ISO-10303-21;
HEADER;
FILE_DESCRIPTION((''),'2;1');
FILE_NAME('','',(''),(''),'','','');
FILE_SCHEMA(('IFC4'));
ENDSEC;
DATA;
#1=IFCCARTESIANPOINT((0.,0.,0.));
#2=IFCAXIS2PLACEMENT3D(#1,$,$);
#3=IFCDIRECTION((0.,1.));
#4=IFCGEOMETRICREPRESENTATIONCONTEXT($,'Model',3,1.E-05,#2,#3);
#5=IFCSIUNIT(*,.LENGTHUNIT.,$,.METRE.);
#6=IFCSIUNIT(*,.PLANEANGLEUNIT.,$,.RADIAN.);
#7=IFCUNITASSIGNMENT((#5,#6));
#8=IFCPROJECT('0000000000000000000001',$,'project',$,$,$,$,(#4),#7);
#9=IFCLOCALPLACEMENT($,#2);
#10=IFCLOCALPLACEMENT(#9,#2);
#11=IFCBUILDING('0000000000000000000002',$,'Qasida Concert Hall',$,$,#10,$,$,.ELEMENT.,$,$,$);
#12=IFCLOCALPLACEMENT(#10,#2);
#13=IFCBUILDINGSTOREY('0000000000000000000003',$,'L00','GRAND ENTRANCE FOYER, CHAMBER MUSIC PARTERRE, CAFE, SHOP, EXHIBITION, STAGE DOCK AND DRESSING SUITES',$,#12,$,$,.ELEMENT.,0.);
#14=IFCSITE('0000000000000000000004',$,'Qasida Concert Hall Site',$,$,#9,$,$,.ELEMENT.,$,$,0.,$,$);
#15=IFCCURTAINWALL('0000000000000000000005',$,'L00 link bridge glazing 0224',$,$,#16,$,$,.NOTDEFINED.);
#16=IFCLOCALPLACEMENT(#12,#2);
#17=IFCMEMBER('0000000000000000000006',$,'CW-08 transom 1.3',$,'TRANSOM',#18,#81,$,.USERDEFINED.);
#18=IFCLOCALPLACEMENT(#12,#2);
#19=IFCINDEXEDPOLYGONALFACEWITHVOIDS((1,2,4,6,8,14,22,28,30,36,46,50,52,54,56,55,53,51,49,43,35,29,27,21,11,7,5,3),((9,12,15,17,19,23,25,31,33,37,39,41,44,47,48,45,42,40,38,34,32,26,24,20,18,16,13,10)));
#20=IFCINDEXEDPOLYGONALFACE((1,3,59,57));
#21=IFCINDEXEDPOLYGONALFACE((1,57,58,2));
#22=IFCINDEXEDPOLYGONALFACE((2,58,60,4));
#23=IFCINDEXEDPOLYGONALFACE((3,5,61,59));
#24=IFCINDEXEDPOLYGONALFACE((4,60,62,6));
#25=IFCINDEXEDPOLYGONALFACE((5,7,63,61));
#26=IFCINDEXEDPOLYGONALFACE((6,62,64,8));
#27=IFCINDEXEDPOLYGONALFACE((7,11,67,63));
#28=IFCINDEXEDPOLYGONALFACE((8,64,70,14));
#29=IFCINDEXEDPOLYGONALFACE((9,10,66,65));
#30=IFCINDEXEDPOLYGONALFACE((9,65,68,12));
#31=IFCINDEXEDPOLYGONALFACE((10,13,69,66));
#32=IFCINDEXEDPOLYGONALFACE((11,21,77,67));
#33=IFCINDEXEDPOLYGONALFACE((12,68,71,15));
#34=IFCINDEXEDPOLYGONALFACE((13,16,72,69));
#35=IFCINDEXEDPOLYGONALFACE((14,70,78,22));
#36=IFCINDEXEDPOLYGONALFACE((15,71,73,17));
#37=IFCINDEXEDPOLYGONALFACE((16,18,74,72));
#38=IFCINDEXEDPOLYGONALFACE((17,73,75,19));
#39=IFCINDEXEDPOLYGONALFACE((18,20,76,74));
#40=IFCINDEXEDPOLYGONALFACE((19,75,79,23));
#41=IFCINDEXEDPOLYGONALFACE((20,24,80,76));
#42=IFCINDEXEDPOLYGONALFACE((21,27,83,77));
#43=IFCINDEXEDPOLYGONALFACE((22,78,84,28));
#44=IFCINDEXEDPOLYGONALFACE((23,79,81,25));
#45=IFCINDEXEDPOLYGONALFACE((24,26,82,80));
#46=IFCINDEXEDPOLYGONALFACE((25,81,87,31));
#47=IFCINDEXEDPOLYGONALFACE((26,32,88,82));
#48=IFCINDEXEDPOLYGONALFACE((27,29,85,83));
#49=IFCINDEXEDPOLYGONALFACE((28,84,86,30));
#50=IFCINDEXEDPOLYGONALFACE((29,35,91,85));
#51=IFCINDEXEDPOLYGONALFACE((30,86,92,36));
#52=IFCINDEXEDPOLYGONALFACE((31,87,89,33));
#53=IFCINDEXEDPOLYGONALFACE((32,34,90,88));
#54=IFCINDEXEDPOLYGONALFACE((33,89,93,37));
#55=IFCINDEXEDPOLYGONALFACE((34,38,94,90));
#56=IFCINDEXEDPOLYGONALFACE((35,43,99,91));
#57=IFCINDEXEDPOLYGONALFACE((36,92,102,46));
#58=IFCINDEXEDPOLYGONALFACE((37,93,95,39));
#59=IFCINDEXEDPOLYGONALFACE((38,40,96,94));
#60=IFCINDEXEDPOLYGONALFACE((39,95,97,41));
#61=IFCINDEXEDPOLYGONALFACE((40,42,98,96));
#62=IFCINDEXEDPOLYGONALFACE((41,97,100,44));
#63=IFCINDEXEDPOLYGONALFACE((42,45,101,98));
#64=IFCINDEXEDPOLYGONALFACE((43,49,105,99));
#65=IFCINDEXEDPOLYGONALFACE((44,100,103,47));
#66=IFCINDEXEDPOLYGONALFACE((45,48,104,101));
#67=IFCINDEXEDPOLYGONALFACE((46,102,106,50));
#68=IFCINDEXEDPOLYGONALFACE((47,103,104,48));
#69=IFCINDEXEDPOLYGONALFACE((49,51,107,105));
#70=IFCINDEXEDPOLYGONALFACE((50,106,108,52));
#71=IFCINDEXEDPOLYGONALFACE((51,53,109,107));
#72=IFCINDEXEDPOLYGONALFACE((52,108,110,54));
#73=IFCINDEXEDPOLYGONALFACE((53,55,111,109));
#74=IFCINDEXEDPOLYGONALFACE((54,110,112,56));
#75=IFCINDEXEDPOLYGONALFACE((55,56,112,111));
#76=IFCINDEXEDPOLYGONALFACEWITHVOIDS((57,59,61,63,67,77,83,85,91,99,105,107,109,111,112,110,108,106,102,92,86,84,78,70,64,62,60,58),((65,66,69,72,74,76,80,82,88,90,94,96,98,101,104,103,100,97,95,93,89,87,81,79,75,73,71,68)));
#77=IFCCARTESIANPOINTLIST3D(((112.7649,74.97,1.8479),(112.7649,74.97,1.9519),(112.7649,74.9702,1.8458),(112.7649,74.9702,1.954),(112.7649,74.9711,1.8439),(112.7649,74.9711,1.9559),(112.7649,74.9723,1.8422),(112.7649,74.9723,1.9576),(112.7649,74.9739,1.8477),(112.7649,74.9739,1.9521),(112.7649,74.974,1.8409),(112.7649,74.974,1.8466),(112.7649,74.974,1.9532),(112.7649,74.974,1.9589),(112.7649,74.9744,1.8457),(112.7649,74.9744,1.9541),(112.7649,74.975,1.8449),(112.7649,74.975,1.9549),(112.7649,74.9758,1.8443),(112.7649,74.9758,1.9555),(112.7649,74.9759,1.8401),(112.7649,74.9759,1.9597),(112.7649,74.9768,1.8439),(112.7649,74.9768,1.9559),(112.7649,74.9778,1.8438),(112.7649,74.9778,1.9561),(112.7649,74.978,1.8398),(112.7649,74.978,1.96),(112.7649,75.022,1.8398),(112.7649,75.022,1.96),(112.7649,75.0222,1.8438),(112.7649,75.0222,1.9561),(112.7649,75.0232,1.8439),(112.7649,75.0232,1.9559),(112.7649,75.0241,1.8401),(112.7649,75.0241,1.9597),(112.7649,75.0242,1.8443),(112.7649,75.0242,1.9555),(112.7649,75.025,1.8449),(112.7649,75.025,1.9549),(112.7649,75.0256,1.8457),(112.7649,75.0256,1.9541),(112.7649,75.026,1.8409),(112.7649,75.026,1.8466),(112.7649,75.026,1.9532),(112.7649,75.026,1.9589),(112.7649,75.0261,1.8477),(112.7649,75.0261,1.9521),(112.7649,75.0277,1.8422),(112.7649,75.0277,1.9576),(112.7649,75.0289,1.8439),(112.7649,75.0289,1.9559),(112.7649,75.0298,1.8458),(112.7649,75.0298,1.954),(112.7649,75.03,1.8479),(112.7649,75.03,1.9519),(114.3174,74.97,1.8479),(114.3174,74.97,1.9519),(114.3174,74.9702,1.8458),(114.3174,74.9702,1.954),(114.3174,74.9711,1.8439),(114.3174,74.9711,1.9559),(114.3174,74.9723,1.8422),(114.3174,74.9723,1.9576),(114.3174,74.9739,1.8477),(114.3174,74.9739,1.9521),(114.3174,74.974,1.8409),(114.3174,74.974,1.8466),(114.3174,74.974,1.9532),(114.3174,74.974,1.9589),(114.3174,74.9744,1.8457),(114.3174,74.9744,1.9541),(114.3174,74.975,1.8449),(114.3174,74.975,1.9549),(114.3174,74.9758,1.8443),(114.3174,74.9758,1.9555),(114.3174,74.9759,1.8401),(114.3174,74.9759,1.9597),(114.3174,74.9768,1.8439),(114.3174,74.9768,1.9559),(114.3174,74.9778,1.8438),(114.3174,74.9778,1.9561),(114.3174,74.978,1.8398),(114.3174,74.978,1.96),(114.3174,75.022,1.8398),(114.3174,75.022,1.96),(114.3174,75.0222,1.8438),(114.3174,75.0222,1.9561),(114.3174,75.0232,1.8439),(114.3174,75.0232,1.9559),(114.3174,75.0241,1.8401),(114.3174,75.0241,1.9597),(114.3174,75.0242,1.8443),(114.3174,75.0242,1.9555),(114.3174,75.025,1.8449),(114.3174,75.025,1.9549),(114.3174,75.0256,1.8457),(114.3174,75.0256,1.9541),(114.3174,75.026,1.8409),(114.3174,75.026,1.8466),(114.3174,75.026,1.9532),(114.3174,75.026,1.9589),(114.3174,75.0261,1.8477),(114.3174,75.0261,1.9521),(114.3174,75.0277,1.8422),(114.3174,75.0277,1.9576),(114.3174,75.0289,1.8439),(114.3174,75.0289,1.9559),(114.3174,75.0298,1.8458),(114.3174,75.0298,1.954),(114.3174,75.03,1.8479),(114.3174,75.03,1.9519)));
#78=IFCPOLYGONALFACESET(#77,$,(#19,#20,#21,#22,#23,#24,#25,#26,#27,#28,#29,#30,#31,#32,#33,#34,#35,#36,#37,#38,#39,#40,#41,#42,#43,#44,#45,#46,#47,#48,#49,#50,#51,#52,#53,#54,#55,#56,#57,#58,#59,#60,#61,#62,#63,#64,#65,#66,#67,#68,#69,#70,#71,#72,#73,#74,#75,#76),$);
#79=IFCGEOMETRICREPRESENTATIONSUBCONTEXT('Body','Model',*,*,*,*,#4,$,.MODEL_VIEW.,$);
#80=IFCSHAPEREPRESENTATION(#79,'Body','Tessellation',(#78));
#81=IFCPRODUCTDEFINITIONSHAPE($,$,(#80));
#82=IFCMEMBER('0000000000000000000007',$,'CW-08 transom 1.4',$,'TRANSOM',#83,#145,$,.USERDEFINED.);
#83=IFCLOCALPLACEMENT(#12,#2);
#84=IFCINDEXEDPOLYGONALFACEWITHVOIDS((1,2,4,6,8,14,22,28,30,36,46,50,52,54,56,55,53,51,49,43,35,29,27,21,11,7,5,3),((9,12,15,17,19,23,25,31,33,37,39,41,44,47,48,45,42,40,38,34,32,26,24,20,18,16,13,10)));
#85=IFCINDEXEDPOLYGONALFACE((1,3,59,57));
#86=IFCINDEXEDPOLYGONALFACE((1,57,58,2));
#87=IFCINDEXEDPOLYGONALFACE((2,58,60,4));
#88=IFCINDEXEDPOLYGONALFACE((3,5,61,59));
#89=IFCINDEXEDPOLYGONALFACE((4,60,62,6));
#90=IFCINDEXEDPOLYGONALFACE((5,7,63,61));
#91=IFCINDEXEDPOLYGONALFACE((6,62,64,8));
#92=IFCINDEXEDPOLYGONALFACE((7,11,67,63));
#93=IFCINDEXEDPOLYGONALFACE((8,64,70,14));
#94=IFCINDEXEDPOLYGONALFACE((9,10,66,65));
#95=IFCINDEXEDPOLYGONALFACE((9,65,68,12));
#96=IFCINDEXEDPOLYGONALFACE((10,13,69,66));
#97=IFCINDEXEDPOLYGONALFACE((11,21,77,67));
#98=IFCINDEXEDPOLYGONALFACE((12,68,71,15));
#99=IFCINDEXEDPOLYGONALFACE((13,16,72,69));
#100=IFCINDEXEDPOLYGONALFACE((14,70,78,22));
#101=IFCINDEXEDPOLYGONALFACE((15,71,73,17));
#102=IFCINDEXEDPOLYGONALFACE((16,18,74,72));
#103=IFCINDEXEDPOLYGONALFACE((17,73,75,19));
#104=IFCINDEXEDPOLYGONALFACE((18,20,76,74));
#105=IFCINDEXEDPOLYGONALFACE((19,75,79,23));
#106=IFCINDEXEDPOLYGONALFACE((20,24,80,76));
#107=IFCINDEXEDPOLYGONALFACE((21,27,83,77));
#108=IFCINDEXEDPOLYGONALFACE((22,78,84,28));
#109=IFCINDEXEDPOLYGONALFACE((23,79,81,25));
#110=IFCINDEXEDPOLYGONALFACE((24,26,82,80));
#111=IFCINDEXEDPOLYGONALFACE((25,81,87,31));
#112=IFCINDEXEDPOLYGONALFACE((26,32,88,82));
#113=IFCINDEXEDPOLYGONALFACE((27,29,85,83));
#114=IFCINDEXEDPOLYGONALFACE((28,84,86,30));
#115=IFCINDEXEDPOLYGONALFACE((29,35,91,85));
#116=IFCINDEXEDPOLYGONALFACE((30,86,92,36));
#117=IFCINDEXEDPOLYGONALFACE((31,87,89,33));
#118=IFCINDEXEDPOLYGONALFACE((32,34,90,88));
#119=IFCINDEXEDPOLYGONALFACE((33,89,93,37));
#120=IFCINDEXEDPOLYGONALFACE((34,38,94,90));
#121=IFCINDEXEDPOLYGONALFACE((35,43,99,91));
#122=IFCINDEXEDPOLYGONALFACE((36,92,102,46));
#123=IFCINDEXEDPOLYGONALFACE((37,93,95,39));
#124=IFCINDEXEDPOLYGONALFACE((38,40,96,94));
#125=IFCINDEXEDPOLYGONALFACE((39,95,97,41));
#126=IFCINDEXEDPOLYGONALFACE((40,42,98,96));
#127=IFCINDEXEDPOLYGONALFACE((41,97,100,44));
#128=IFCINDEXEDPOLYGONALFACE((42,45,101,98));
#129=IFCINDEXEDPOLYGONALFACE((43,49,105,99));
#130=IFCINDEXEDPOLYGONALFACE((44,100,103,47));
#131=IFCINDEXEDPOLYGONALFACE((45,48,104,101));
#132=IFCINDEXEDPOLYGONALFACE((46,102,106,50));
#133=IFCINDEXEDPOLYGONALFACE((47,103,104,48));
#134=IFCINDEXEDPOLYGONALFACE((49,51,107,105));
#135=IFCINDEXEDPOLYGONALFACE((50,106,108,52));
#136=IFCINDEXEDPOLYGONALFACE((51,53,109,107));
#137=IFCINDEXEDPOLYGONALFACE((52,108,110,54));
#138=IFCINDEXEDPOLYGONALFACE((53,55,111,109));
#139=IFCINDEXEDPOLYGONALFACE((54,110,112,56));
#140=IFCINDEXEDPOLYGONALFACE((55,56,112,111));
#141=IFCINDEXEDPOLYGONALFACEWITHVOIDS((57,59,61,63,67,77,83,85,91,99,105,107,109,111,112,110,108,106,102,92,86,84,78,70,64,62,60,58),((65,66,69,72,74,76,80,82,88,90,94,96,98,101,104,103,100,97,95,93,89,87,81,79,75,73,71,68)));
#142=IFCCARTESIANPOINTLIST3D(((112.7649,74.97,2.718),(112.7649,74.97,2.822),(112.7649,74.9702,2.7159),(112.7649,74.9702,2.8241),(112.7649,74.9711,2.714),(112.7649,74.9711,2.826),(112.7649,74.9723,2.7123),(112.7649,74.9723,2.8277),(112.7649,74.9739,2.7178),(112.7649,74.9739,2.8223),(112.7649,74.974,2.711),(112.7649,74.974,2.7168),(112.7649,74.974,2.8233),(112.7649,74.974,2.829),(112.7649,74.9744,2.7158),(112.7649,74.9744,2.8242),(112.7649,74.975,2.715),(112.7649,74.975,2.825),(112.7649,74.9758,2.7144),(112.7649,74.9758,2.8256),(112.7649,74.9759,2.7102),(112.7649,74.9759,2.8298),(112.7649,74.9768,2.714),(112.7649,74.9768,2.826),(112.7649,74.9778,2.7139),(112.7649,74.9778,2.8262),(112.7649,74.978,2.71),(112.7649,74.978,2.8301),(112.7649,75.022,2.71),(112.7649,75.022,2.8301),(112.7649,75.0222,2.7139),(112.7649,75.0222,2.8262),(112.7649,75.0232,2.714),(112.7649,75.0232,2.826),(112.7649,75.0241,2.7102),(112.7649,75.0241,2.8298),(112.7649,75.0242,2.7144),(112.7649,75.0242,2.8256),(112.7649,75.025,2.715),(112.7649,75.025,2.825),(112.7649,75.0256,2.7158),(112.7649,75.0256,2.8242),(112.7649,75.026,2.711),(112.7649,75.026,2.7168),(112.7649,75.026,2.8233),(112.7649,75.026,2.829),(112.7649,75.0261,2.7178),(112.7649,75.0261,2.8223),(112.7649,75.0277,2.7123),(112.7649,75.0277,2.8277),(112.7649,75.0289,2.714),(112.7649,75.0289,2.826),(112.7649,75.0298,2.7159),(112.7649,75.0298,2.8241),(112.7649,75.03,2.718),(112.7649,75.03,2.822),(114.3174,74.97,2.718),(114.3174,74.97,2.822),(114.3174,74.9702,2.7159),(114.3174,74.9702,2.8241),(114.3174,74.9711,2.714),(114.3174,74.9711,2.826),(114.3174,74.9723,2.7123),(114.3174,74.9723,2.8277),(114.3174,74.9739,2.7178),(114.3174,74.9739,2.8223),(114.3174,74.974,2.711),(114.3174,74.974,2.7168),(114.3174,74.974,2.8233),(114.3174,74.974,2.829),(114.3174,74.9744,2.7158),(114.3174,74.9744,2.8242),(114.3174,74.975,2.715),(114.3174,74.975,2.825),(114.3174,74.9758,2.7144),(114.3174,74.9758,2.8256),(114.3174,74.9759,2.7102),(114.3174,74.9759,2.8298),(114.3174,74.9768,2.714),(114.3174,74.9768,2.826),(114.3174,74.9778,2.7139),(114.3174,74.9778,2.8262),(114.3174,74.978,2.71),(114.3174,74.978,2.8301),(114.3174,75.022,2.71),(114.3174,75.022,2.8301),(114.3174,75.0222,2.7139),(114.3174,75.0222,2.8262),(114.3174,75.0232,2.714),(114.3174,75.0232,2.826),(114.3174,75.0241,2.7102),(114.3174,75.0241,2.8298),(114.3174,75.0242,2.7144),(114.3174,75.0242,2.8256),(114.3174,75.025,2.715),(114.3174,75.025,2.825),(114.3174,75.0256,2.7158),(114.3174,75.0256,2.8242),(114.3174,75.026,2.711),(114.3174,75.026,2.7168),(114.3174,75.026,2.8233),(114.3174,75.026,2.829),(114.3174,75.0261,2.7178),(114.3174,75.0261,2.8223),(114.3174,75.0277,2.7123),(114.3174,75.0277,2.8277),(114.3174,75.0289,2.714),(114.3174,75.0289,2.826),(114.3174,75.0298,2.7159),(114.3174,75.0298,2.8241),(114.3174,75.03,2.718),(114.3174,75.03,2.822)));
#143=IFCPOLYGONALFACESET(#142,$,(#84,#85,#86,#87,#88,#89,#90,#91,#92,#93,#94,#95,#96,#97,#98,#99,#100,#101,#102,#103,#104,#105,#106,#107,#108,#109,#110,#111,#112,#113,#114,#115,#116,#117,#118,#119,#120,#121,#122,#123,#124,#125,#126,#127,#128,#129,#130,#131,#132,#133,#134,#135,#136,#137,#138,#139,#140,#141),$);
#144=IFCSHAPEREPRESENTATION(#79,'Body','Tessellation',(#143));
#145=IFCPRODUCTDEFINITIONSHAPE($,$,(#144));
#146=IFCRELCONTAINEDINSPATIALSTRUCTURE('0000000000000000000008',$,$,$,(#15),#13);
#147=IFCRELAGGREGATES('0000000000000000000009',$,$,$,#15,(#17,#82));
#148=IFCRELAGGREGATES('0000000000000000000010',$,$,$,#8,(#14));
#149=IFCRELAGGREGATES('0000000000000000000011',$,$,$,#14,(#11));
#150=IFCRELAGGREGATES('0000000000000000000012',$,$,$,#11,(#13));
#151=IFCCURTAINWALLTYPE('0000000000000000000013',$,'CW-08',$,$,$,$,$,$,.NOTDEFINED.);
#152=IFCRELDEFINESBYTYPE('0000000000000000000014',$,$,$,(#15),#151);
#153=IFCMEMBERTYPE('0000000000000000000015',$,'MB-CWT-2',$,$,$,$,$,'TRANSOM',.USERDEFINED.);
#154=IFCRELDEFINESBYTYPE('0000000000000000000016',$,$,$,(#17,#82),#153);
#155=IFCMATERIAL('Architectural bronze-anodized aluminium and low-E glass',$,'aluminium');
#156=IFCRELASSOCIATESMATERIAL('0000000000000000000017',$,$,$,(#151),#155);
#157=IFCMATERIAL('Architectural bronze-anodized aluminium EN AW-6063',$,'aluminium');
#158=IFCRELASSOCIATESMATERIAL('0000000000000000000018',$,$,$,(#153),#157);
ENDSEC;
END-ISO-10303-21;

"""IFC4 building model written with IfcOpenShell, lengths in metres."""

from ifc_helpers import new_model, si_unit, direction, frame, origin, origin_2d, place, context, subcontext, project, spatial, hollow_rectangle, extrude, material, material_profile, profile_set, type_object, element, aggregate, save


model = new_model("IFC4")

# Units and contexts
model_context = context("Model", 3, precision=1e-05, world=origin(), true_north=direction((0.0, 1.0)))
body_context = subcontext(model_context, "Body", "Model", "MODEL_VIEW")
ifc_project = project(units=[si_unit("LENGTHUNIT", "METRE"), si_unit("PLANEANGLEUNIT", "RADIAN")], contexts=[model_context])

# Site, building, storey
site_placement = place(None, origin())
site = spatial("IfcSite", under=ifc_project, at=site_placement, Name="Qasida Concert Hall Site", CompositionType="ELEMENT", RefElevation=0.0)
building_placement = place(site_placement, origin())
building = spatial("IfcBuilding", under=site, at=building_placement, Name="Qasida Concert Hall", CompositionType="ELEMENT")
storey_placement = place(building_placement, origin())
storey = spatial("IfcBuildingStorey", under=building, at=storey_placement, Name="L00", Description="GRAND ENTRANCE FOYER, CHAMBER MUSIC PARTERRE, CAFE, SHOP, EXHIBITION, STAGE DOCK AND DRESSING SUITES", CompositionType="ELEMENT", Elevation=0.0)

# Curtain wall
ifc_material_1 = material(Name="Architectural bronze-anodized aluminium and low-E glass", Category="aluminium")
curtain_wall_type = type_object("IfcCurtainWallType", Name="CW-08", PredefinedType="NOTDEFINED", material=ifc_material_1)
ifc_material_2 = material(Name="Architectural bronze-anodized aluminium EN AW-6063", Category="aluminium")
curtain_wall_1_placement = place(storey_placement, origin())
curtain_wall_1 = element("IfcCurtainWall", 1, at=curtain_wall_1_placement, inside=storey, type_object=curtain_wall_type, Name="L00 link bridge glazing 0224", PredefinedType="NOTDEFINED")

# Members
ifc_material_profile_1 = material_profile(ifc_material_2, hollow_rectangle(XDim=0.0601, YDim=0.1201, WallThickness=0.0039, InnerFilletRadius=0.0039, OuterFilletRadius=0.0081, at=origin_2d()), Name="CWT 120x60x4")
ifc_profile_set_1 = profile_set([ifc_material_profile_1], Name="Architectural bronze-anodized aluminium EN AW-6063")
member_type_1 = type_object("IfcMemberType", Name="MB-CWT-2", ElementType="TRANSOM", PredefinedType="USERDEFINED", material=ifc_profile_set_1)
member_1_placement = place(storey_placement, frame((112.7649, 75.0, 1.8999), z_axis=(1.0, 0.0, 0.0), x_axis=(0.0, 1.0, 0.0)))
member_1 = element("IfcMember", 2, at=member_1_placement, type_object=member_type_1, Name="CW-08 transom 1.3", ObjectType="TRANSOM", PredefinedType="USERDEFINED", context=body_context, shape_type="SweptSolid", body=[
    extrude(hollow_rectangle(XDim=0.0601, YDim=0.1201, WallThickness=0.0039, InnerFilletRadius=0.0039, OuterFilletRadius=0.0081, at=origin_2d()), origin(), (0.0, 0.0, 1.0), 1.5525),
])
member_2_placement = place(storey_placement, frame((112.7649, 75.0, 2.77), z_axis=(1.0, 0.0, 0.0), x_axis=(0.0, 1.0, 0.0)))
member_2 = element("IfcMember", 3, at=member_2_placement, type_object=member_type_1, Name="CW-08 transom 1.4", ObjectType="TRANSOM", PredefinedType="USERDEFINED", context=body_context, shape_type="SweptSolid", body=[
    extrude(hollow_rectangle(XDim=0.0601, YDim=0.1201, WallThickness=0.0039, InnerFilletRadius=0.0039, OuterFilletRadius=0.0081, at=origin_2d()), origin(), (0.0, 0.0, 1.0), 1.5525),
])

aggregate(curtain_wall_1, [member_1, member_2])

save(model, "model.ifc")
